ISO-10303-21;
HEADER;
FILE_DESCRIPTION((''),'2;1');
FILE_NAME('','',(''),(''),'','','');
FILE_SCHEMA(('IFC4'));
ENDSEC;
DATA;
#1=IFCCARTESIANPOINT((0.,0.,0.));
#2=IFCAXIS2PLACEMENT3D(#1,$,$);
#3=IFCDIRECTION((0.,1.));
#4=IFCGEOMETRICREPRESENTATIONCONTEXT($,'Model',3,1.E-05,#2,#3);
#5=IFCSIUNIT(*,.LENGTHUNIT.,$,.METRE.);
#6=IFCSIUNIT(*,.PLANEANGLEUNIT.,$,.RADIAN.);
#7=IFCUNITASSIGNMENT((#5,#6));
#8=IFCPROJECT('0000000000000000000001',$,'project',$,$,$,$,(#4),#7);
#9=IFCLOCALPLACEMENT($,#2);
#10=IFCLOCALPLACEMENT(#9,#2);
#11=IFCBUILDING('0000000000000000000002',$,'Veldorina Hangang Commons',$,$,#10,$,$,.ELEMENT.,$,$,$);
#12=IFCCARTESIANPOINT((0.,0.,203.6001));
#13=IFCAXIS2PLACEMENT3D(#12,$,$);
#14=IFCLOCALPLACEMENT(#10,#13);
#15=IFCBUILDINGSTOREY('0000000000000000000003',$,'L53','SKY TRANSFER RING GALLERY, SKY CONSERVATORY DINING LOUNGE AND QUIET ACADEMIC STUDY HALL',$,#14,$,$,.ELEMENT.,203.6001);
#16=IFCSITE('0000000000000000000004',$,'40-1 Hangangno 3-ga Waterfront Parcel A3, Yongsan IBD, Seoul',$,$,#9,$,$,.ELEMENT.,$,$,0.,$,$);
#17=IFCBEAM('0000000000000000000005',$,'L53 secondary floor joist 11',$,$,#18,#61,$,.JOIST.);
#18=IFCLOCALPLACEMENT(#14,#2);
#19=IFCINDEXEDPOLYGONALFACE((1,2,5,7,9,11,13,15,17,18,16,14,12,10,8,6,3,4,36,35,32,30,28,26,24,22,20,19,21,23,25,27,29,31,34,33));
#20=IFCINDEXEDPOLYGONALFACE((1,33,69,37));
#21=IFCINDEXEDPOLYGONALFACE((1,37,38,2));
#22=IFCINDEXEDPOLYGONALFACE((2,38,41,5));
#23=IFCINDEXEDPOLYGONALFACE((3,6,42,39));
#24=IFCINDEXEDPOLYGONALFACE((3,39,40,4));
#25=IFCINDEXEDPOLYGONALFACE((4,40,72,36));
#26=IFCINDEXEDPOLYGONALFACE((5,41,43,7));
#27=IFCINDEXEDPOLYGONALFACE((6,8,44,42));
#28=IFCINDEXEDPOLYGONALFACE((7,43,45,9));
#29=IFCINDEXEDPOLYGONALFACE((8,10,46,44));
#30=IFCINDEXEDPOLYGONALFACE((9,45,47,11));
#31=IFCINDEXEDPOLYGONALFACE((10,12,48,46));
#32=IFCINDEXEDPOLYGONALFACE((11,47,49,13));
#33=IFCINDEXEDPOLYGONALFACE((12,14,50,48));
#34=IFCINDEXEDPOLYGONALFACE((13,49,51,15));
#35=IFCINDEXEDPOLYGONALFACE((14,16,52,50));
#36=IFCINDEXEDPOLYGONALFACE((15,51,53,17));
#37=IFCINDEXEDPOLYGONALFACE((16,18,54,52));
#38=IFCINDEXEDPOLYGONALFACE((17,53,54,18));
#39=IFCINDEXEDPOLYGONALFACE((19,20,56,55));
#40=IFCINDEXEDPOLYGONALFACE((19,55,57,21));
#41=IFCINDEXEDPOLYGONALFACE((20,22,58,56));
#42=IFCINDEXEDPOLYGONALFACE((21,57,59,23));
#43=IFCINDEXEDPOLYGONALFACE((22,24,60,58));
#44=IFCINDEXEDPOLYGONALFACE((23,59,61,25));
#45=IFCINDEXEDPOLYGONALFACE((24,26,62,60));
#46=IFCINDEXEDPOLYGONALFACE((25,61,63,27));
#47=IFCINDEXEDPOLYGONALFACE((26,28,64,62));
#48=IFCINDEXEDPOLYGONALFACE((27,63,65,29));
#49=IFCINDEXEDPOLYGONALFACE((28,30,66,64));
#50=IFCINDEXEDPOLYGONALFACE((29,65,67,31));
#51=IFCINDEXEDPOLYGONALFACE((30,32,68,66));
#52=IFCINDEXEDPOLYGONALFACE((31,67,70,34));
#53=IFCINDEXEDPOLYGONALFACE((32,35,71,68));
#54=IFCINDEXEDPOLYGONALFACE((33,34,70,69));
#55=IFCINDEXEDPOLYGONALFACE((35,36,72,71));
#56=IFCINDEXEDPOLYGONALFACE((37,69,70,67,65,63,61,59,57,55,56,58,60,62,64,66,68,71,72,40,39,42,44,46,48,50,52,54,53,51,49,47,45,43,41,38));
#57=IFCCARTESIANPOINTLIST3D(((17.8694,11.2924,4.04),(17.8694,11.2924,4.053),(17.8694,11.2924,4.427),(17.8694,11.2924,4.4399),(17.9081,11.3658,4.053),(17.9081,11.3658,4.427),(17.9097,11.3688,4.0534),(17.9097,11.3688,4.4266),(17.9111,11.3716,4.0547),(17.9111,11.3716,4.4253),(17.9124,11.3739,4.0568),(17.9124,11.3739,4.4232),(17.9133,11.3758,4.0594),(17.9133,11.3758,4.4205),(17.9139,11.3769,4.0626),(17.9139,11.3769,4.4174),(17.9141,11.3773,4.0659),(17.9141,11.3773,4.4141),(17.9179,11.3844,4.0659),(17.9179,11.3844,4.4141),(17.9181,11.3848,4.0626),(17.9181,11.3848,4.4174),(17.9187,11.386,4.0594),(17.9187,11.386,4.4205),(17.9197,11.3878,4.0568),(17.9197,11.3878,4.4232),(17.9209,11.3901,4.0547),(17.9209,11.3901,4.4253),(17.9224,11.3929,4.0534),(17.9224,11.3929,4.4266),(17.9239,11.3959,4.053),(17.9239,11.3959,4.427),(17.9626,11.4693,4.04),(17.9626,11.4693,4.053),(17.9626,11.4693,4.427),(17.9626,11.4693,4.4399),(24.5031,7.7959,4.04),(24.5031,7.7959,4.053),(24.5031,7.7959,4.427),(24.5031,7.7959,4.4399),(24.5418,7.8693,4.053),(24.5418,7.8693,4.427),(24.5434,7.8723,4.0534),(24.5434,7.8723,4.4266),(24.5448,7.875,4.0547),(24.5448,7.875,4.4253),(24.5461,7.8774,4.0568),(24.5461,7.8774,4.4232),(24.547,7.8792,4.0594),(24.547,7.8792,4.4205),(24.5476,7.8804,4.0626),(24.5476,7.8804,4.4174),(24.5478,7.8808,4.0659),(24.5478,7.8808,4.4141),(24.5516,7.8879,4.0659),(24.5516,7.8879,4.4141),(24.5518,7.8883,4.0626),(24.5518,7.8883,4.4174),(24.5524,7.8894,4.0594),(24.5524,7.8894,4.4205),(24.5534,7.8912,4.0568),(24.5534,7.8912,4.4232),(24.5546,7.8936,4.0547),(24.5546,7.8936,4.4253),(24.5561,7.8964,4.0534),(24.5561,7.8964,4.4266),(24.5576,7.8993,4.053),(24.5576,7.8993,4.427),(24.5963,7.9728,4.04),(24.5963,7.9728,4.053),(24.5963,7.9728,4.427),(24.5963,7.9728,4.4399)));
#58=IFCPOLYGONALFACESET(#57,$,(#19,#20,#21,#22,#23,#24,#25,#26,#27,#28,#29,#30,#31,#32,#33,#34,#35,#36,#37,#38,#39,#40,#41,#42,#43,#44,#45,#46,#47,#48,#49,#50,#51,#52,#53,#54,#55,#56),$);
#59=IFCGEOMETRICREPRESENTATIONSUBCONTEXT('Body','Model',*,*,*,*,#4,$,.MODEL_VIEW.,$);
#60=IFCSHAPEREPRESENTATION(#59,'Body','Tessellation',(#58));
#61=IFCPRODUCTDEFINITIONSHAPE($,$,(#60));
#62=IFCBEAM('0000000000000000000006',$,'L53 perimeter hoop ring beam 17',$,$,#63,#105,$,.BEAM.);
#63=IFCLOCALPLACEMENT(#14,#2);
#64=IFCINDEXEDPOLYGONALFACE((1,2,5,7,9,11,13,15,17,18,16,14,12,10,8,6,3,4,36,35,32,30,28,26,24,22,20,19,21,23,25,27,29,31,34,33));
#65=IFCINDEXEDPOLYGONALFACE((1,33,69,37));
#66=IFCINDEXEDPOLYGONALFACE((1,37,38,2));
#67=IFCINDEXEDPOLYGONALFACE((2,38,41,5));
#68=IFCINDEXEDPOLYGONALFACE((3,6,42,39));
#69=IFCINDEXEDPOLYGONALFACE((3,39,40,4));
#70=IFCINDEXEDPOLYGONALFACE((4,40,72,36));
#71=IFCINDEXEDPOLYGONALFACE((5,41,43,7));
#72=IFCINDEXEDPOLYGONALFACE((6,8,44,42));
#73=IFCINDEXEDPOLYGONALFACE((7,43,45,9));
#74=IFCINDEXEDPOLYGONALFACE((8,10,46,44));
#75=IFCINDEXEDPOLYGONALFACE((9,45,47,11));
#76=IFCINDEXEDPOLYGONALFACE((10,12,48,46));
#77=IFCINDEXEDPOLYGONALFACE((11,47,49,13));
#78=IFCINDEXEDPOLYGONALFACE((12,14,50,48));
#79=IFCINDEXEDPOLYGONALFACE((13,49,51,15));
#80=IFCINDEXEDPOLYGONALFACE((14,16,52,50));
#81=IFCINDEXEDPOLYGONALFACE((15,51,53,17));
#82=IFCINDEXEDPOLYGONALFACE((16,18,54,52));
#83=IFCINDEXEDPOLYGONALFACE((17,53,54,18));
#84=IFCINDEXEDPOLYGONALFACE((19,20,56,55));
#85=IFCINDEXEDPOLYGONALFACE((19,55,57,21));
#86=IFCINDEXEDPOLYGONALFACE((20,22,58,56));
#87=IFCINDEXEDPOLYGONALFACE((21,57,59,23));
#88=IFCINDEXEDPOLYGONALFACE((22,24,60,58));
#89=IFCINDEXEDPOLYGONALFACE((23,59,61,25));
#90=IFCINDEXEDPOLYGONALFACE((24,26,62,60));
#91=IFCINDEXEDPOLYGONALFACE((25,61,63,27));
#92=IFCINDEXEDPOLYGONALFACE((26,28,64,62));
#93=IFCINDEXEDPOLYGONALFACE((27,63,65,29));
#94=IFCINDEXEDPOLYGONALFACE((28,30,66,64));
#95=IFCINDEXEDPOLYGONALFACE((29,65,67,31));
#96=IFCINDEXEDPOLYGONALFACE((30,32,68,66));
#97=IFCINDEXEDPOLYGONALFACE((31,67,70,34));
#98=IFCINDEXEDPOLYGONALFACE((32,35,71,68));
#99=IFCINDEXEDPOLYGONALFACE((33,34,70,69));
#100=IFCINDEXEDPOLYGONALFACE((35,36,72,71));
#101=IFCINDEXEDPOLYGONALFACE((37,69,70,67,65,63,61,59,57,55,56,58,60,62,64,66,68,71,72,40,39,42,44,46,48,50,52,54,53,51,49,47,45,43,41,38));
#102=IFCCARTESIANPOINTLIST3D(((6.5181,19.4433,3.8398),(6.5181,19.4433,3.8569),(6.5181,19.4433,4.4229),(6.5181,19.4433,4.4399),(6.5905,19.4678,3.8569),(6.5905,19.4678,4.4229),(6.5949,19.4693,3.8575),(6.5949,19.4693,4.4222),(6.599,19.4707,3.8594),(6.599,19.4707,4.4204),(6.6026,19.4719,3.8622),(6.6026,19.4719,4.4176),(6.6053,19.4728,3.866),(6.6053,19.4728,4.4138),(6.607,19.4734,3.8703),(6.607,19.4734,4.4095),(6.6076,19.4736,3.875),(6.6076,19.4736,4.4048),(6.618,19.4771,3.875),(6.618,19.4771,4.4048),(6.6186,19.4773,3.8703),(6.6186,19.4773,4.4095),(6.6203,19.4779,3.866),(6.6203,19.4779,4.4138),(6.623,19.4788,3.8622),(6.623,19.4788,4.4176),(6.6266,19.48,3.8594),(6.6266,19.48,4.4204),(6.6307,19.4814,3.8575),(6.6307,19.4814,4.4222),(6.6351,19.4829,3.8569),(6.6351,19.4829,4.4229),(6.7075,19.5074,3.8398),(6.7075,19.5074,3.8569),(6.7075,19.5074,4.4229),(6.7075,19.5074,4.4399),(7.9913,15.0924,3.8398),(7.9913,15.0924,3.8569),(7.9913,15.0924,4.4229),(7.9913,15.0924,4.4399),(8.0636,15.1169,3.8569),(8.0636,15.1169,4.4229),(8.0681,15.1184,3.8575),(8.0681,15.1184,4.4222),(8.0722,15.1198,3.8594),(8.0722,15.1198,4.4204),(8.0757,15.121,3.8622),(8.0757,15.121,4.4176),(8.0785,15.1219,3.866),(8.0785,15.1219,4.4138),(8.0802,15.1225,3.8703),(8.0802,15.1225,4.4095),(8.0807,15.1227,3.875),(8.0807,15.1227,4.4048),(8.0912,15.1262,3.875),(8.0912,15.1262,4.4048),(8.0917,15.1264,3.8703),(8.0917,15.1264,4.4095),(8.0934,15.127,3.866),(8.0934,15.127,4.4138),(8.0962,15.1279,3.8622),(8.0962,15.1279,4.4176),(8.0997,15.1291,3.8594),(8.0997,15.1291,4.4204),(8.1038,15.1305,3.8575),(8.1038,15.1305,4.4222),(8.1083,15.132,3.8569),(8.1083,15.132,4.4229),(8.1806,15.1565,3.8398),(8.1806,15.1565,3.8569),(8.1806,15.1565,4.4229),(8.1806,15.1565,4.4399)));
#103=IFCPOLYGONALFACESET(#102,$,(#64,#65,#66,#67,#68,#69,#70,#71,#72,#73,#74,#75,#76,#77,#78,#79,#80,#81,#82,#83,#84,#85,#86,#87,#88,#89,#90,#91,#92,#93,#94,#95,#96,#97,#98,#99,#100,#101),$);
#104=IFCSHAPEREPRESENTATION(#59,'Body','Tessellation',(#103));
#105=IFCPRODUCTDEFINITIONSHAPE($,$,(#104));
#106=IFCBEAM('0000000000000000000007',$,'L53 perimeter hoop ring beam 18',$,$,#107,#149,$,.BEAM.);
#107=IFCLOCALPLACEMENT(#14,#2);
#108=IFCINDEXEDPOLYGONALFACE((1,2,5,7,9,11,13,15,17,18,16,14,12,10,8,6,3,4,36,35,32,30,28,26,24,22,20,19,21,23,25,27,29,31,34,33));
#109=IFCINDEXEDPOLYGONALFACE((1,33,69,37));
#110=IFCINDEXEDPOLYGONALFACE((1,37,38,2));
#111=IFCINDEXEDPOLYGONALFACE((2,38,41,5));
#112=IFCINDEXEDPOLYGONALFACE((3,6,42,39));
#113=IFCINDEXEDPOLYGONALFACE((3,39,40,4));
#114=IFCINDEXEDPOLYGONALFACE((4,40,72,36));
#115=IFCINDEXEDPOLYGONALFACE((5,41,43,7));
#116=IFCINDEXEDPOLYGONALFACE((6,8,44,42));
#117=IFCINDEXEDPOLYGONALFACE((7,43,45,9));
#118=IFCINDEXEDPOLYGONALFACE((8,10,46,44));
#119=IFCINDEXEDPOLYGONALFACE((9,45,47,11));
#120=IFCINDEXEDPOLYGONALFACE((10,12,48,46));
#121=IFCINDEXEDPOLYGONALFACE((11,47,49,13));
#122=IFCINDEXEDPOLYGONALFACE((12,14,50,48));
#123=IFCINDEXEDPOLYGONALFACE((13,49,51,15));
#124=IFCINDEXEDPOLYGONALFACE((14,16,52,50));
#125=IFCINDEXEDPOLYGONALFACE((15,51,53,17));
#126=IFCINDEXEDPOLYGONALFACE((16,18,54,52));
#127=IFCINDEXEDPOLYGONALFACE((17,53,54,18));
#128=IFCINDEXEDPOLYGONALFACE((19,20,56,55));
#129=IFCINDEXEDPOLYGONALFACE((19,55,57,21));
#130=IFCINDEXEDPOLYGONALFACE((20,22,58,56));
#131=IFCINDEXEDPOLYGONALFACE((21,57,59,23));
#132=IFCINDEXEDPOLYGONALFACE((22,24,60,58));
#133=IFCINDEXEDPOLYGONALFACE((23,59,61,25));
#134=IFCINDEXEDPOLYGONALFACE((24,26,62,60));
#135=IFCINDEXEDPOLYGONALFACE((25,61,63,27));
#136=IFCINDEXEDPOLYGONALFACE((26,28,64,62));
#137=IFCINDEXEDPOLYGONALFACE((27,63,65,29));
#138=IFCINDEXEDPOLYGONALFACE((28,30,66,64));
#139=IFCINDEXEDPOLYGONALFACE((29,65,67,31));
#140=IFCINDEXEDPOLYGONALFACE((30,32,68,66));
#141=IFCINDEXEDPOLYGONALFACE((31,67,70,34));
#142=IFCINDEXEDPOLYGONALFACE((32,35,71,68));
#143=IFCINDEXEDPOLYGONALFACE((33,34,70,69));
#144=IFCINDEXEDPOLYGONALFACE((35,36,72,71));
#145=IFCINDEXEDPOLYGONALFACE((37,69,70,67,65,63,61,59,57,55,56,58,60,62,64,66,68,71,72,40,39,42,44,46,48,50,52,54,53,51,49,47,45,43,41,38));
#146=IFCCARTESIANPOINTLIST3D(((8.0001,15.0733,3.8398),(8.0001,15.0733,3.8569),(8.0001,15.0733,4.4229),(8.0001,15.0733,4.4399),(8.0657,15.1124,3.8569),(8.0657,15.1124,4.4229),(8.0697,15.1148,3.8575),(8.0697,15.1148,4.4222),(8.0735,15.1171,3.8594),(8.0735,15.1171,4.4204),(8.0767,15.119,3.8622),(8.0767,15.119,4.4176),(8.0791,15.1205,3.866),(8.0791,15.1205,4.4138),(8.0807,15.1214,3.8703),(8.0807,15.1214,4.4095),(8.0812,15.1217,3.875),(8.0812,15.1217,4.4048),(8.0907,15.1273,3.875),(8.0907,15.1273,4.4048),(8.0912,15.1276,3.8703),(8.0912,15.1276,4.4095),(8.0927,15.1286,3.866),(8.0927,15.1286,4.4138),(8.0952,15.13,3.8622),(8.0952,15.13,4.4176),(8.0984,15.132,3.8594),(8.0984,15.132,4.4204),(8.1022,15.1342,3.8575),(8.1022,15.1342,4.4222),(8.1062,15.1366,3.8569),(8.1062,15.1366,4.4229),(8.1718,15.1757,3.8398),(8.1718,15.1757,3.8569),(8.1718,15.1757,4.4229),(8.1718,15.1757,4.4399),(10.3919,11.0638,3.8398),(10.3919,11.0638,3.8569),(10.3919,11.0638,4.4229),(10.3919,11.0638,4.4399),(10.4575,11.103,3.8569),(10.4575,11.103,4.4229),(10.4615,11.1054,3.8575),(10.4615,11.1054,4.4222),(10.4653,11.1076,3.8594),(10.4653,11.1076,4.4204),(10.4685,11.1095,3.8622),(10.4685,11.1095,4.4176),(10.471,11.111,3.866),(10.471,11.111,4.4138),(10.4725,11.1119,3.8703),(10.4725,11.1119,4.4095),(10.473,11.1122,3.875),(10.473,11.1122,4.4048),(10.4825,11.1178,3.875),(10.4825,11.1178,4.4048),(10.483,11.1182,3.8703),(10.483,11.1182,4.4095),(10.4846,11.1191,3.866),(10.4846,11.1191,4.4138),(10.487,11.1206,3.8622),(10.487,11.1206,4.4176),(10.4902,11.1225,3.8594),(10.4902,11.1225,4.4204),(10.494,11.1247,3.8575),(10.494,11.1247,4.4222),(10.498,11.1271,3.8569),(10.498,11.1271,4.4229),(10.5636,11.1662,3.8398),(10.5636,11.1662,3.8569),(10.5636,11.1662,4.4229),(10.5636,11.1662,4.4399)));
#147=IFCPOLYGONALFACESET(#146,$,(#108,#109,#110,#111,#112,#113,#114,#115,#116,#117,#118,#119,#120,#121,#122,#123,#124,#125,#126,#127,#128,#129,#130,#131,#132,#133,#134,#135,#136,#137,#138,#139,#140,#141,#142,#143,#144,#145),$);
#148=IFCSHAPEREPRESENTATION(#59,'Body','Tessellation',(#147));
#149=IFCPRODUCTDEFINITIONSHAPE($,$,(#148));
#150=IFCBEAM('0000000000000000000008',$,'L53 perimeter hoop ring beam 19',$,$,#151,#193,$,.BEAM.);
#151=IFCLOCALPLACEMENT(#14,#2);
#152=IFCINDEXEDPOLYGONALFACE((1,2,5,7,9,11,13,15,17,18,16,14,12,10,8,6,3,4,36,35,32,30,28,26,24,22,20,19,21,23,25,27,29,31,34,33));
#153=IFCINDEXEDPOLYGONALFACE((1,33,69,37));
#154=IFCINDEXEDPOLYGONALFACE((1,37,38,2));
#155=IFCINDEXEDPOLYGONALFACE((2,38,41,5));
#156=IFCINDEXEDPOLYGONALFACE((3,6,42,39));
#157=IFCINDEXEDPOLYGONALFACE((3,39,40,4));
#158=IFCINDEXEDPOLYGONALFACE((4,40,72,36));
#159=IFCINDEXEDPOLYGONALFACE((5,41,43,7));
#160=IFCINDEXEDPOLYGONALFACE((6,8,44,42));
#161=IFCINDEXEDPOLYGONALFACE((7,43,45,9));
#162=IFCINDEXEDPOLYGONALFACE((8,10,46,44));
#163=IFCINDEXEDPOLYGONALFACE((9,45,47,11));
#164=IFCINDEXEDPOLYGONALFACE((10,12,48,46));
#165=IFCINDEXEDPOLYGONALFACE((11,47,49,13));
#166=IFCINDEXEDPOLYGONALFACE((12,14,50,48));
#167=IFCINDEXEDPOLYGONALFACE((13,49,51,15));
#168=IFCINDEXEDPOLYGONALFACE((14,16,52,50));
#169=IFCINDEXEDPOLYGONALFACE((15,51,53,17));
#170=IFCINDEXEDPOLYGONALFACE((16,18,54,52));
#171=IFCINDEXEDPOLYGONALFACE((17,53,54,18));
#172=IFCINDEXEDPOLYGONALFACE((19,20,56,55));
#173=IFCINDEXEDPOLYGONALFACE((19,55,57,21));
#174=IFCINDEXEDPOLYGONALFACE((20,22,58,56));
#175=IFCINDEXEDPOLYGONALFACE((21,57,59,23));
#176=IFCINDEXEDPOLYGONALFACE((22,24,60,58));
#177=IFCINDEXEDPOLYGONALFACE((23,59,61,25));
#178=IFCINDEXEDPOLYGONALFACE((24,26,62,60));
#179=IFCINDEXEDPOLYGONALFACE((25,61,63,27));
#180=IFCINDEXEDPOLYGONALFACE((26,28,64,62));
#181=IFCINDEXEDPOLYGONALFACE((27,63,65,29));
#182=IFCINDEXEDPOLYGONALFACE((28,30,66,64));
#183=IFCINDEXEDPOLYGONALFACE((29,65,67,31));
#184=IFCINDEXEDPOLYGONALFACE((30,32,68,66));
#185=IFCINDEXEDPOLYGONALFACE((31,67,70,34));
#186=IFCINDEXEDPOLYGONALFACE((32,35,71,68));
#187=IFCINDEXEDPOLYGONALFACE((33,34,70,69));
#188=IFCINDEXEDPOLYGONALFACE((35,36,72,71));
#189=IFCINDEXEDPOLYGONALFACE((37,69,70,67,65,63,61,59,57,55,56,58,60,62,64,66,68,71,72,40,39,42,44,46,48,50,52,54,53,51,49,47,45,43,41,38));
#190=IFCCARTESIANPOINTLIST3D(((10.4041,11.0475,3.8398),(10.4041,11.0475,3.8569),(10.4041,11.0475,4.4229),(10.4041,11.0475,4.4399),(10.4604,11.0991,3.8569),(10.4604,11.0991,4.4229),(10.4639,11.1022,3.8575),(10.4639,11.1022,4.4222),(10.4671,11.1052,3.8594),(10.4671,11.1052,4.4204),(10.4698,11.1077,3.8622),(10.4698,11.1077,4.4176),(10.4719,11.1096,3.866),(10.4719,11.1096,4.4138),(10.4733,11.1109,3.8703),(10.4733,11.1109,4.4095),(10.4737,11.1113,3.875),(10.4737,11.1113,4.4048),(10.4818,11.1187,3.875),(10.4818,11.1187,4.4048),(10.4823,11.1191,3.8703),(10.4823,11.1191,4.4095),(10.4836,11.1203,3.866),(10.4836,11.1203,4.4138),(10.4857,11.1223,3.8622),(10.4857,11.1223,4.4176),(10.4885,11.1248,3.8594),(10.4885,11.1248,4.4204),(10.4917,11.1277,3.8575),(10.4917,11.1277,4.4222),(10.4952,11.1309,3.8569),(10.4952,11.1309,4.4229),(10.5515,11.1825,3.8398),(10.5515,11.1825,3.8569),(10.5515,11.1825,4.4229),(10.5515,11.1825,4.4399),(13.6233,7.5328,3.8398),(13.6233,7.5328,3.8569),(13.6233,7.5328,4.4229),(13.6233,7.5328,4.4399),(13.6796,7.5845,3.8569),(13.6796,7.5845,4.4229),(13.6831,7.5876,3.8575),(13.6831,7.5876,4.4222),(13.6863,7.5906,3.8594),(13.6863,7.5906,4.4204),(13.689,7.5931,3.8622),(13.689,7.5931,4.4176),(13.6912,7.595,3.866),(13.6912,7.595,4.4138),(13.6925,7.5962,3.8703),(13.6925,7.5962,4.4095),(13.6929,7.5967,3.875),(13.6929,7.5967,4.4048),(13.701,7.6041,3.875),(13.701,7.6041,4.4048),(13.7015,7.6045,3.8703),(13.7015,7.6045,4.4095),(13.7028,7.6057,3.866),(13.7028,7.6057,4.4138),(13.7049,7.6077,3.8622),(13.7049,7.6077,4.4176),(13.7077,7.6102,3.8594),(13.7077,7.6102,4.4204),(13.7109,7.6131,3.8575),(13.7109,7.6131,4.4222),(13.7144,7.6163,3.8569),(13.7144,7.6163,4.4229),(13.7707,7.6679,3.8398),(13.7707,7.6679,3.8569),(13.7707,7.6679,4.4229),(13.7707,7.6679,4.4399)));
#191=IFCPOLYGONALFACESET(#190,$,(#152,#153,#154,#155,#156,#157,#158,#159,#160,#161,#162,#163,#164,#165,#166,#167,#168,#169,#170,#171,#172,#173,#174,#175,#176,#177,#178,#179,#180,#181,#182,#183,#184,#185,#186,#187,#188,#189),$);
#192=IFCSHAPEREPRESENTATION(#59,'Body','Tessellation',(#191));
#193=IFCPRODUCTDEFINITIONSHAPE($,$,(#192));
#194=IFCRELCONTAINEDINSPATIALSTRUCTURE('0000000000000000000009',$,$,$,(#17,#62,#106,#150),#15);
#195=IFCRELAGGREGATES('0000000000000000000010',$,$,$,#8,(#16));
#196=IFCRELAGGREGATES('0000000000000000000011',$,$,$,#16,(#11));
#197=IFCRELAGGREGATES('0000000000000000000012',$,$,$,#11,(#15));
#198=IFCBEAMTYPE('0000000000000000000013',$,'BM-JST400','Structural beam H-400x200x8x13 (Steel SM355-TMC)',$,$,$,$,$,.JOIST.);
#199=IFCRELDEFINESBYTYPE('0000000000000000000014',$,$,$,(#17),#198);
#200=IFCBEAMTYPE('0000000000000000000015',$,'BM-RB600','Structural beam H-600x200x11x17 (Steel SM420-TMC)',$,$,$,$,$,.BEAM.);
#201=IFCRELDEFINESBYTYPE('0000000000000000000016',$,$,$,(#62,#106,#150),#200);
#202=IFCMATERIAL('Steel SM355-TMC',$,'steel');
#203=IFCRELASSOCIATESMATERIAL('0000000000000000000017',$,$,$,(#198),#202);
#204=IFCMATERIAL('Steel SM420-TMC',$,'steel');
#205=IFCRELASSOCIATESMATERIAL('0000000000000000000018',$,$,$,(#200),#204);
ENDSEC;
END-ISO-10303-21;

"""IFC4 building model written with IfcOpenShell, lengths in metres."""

from ifc_helpers import new_model, si_unit, direction, frame, origin, origin_2d, place, context, subcontext, project, spatial, i_section, extrude, material, material_profile, profile_set, type_object, element, save


model = new_model("IFC4")

# Units and contexts
model_context = context("Model", 3, precision=1e-05, world=origin(), true_north=direction((0.0, 1.0)))
body_context = subcontext(model_context, "Body", "Model", "MODEL_VIEW")
ifc_project = project(units=[si_unit("LENGTHUNIT", "METRE"), si_unit("PLANEANGLEUNIT", "RADIAN")], contexts=[model_context])

# Site, building, storey
site_placement = place(None, origin())
site = spatial("IfcSite", under=ifc_project, at=site_placement, Name="40-1 Hangangno 3-ga Waterfront Parcel A3, Yongsan IBD, Seoul", CompositionType="ELEMENT", RefElevation=0.0)
building_placement = place(site_placement, origin())
building = spatial("IfcBuilding", under=site, at=building_placement, Name="Veldorina Hangang Commons", CompositionType="ELEMENT")
storey_placement = place(building_placement, frame((0.0, 0.0, 203.6001)))
storey = spatial("IfcBuildingStorey", under=building, at=storey_placement, Name="L53", Description="SKY TRANSFER RING GALLERY, SKY CONSERVATORY DINING LOUNGE AND QUIET ACADEMIC STUDY HALL", CompositionType="ELEMENT", Elevation=203.6001)

# Beams
ifc_material_1 = material(Name="Steel SM355-TMC", Category="steel")
ifc_material_profile_1 = material_profile(ifc_material_1, i_section(OverallWidth=0.2, OverallDepth=0.3999, WebThickness=0.0081, FlangeThickness=0.0129, FilletRadius=0.0129, at=origin_2d()), Name="H-400x200x8x13")
ifc_profile_set_1 = profile_set([ifc_material_profile_1], Name="Steel SM355-TMC")
beam_type_1 = type_object("IfcBeamType", Name="BM-JST400", Description="Structural beam H-400x200x8x13 (Steel SM355-TMC)", PredefinedType="JOIST", material=ifc_profile_set_1)
beam_1_placement = place(storey_placement, frame((17.916, 11.3809, 4.24), z_axis=(0.884637, -0.46628, 0.0), x_axis=(0.46628, 0.884637, 0.0)))
element("IfcBeam", 1, at=beam_1_placement, inside=storey, type_object=beam_type_1, Name="L53 secondary floor joist 11", PredefinedType="JOIST", context=body_context, shape_type="SweptSolid", body=[
    extrude(i_section(OverallWidth=0.2, OverallDepth=0.3999, WebThickness=0.0081, FlangeThickness=0.0129, FilletRadius=0.0129, at=origin_2d()), origin(), (0.0, 0.0, 1.0), 7.4988),
])
ifc_material_2 = material(Name="Steel SM420-TMC", Category="steel")
ifc_material_profile_2 = material_profile(ifc_material_2, i_section(OverallWidth=0.2, OverallDepth=0.6001, WebThickness=0.011, FlangeThickness=0.0171, FilletRadius=0.0181, at=origin_2d()), Name="H-600x200x11x17")
ifc_profile_set_2 = profile_set([ifc_material_profile_2], Name="Steel SM420-TMC")
beam_type_2 = type_object("IfcBeamType", Name="BM-RB600", Description="Structural beam H-600x200x11x17 (Steel SM420-TMC)", PredefinedType="BEAM", material=ifc_profile_set_2)
beam_2_placement = place(storey_placement, frame((6.6128, 19.4753, 4.1399), z_axis=(0.320705, -0.947179, 0.0), x_axis=(0.947179, 0.320705, 0.0)))
element("IfcBeam", 2, at=beam_2_placement, inside=storey, type_object=beam_type_2, Name="L53 perimeter hoop ring beam 17", PredefinedType="BEAM", context=body_context, shape_type="SweptSolid", body=[
    extrude(i_section(OverallWidth=0.2, OverallDepth=0.6001, WebThickness=0.011, FlangeThickness=0.0171, FilletRadius=0.0181, at=origin_2d()), origin(), (0.0, 0.0, 1.0), 4.5935),
])
beam_3_placement = place(storey_placement, frame((8.0859, 15.1245, 4.1399), z_axis=(0.51231, -0.858801, 0.0), x_axis=(0.858801, 0.51231, 0.0)))
element("IfcBeam", 3, at=beam_3_placement, inside=storey, type_object=beam_type_2, Name="L53 perimeter hoop ring beam 18", PredefinedType="BEAM", context=body_context, shape_type="SweptSolid", body=[
    extrude(i_section(OverallWidth=0.2, OverallDepth=0.6001, WebThickness=0.011, FlangeThickness=0.0171, FilletRadius=0.0181, at=origin_2d()), origin(), (0.0, 0.0, 1.0), 4.6687),
])
beam_4_placement = place(storey_placement, frame((10.4778, 11.115, 4.1399), z_axis=(0.675437, -0.737418, 0.0), x_axis=(0.737418, 0.675437, 0.0)))
element("IfcBeam", 4, at=beam_4_placement, inside=storey, type_object=beam_type_2, Name="L53 perimeter hoop ring beam 19", PredefinedType="BEAM", context=body_context, shape_type="SweptSolid", body=[
    extrude(i_section(OverallWidth=0.2, OverallDepth=0.6001, WebThickness=0.011, FlangeThickness=0.0171, FilletRadius=0.0181, at=origin_2d()), origin(), (0.0, 0.0, 1.0), 4.7661),
])

save(model, "model.ifc")
